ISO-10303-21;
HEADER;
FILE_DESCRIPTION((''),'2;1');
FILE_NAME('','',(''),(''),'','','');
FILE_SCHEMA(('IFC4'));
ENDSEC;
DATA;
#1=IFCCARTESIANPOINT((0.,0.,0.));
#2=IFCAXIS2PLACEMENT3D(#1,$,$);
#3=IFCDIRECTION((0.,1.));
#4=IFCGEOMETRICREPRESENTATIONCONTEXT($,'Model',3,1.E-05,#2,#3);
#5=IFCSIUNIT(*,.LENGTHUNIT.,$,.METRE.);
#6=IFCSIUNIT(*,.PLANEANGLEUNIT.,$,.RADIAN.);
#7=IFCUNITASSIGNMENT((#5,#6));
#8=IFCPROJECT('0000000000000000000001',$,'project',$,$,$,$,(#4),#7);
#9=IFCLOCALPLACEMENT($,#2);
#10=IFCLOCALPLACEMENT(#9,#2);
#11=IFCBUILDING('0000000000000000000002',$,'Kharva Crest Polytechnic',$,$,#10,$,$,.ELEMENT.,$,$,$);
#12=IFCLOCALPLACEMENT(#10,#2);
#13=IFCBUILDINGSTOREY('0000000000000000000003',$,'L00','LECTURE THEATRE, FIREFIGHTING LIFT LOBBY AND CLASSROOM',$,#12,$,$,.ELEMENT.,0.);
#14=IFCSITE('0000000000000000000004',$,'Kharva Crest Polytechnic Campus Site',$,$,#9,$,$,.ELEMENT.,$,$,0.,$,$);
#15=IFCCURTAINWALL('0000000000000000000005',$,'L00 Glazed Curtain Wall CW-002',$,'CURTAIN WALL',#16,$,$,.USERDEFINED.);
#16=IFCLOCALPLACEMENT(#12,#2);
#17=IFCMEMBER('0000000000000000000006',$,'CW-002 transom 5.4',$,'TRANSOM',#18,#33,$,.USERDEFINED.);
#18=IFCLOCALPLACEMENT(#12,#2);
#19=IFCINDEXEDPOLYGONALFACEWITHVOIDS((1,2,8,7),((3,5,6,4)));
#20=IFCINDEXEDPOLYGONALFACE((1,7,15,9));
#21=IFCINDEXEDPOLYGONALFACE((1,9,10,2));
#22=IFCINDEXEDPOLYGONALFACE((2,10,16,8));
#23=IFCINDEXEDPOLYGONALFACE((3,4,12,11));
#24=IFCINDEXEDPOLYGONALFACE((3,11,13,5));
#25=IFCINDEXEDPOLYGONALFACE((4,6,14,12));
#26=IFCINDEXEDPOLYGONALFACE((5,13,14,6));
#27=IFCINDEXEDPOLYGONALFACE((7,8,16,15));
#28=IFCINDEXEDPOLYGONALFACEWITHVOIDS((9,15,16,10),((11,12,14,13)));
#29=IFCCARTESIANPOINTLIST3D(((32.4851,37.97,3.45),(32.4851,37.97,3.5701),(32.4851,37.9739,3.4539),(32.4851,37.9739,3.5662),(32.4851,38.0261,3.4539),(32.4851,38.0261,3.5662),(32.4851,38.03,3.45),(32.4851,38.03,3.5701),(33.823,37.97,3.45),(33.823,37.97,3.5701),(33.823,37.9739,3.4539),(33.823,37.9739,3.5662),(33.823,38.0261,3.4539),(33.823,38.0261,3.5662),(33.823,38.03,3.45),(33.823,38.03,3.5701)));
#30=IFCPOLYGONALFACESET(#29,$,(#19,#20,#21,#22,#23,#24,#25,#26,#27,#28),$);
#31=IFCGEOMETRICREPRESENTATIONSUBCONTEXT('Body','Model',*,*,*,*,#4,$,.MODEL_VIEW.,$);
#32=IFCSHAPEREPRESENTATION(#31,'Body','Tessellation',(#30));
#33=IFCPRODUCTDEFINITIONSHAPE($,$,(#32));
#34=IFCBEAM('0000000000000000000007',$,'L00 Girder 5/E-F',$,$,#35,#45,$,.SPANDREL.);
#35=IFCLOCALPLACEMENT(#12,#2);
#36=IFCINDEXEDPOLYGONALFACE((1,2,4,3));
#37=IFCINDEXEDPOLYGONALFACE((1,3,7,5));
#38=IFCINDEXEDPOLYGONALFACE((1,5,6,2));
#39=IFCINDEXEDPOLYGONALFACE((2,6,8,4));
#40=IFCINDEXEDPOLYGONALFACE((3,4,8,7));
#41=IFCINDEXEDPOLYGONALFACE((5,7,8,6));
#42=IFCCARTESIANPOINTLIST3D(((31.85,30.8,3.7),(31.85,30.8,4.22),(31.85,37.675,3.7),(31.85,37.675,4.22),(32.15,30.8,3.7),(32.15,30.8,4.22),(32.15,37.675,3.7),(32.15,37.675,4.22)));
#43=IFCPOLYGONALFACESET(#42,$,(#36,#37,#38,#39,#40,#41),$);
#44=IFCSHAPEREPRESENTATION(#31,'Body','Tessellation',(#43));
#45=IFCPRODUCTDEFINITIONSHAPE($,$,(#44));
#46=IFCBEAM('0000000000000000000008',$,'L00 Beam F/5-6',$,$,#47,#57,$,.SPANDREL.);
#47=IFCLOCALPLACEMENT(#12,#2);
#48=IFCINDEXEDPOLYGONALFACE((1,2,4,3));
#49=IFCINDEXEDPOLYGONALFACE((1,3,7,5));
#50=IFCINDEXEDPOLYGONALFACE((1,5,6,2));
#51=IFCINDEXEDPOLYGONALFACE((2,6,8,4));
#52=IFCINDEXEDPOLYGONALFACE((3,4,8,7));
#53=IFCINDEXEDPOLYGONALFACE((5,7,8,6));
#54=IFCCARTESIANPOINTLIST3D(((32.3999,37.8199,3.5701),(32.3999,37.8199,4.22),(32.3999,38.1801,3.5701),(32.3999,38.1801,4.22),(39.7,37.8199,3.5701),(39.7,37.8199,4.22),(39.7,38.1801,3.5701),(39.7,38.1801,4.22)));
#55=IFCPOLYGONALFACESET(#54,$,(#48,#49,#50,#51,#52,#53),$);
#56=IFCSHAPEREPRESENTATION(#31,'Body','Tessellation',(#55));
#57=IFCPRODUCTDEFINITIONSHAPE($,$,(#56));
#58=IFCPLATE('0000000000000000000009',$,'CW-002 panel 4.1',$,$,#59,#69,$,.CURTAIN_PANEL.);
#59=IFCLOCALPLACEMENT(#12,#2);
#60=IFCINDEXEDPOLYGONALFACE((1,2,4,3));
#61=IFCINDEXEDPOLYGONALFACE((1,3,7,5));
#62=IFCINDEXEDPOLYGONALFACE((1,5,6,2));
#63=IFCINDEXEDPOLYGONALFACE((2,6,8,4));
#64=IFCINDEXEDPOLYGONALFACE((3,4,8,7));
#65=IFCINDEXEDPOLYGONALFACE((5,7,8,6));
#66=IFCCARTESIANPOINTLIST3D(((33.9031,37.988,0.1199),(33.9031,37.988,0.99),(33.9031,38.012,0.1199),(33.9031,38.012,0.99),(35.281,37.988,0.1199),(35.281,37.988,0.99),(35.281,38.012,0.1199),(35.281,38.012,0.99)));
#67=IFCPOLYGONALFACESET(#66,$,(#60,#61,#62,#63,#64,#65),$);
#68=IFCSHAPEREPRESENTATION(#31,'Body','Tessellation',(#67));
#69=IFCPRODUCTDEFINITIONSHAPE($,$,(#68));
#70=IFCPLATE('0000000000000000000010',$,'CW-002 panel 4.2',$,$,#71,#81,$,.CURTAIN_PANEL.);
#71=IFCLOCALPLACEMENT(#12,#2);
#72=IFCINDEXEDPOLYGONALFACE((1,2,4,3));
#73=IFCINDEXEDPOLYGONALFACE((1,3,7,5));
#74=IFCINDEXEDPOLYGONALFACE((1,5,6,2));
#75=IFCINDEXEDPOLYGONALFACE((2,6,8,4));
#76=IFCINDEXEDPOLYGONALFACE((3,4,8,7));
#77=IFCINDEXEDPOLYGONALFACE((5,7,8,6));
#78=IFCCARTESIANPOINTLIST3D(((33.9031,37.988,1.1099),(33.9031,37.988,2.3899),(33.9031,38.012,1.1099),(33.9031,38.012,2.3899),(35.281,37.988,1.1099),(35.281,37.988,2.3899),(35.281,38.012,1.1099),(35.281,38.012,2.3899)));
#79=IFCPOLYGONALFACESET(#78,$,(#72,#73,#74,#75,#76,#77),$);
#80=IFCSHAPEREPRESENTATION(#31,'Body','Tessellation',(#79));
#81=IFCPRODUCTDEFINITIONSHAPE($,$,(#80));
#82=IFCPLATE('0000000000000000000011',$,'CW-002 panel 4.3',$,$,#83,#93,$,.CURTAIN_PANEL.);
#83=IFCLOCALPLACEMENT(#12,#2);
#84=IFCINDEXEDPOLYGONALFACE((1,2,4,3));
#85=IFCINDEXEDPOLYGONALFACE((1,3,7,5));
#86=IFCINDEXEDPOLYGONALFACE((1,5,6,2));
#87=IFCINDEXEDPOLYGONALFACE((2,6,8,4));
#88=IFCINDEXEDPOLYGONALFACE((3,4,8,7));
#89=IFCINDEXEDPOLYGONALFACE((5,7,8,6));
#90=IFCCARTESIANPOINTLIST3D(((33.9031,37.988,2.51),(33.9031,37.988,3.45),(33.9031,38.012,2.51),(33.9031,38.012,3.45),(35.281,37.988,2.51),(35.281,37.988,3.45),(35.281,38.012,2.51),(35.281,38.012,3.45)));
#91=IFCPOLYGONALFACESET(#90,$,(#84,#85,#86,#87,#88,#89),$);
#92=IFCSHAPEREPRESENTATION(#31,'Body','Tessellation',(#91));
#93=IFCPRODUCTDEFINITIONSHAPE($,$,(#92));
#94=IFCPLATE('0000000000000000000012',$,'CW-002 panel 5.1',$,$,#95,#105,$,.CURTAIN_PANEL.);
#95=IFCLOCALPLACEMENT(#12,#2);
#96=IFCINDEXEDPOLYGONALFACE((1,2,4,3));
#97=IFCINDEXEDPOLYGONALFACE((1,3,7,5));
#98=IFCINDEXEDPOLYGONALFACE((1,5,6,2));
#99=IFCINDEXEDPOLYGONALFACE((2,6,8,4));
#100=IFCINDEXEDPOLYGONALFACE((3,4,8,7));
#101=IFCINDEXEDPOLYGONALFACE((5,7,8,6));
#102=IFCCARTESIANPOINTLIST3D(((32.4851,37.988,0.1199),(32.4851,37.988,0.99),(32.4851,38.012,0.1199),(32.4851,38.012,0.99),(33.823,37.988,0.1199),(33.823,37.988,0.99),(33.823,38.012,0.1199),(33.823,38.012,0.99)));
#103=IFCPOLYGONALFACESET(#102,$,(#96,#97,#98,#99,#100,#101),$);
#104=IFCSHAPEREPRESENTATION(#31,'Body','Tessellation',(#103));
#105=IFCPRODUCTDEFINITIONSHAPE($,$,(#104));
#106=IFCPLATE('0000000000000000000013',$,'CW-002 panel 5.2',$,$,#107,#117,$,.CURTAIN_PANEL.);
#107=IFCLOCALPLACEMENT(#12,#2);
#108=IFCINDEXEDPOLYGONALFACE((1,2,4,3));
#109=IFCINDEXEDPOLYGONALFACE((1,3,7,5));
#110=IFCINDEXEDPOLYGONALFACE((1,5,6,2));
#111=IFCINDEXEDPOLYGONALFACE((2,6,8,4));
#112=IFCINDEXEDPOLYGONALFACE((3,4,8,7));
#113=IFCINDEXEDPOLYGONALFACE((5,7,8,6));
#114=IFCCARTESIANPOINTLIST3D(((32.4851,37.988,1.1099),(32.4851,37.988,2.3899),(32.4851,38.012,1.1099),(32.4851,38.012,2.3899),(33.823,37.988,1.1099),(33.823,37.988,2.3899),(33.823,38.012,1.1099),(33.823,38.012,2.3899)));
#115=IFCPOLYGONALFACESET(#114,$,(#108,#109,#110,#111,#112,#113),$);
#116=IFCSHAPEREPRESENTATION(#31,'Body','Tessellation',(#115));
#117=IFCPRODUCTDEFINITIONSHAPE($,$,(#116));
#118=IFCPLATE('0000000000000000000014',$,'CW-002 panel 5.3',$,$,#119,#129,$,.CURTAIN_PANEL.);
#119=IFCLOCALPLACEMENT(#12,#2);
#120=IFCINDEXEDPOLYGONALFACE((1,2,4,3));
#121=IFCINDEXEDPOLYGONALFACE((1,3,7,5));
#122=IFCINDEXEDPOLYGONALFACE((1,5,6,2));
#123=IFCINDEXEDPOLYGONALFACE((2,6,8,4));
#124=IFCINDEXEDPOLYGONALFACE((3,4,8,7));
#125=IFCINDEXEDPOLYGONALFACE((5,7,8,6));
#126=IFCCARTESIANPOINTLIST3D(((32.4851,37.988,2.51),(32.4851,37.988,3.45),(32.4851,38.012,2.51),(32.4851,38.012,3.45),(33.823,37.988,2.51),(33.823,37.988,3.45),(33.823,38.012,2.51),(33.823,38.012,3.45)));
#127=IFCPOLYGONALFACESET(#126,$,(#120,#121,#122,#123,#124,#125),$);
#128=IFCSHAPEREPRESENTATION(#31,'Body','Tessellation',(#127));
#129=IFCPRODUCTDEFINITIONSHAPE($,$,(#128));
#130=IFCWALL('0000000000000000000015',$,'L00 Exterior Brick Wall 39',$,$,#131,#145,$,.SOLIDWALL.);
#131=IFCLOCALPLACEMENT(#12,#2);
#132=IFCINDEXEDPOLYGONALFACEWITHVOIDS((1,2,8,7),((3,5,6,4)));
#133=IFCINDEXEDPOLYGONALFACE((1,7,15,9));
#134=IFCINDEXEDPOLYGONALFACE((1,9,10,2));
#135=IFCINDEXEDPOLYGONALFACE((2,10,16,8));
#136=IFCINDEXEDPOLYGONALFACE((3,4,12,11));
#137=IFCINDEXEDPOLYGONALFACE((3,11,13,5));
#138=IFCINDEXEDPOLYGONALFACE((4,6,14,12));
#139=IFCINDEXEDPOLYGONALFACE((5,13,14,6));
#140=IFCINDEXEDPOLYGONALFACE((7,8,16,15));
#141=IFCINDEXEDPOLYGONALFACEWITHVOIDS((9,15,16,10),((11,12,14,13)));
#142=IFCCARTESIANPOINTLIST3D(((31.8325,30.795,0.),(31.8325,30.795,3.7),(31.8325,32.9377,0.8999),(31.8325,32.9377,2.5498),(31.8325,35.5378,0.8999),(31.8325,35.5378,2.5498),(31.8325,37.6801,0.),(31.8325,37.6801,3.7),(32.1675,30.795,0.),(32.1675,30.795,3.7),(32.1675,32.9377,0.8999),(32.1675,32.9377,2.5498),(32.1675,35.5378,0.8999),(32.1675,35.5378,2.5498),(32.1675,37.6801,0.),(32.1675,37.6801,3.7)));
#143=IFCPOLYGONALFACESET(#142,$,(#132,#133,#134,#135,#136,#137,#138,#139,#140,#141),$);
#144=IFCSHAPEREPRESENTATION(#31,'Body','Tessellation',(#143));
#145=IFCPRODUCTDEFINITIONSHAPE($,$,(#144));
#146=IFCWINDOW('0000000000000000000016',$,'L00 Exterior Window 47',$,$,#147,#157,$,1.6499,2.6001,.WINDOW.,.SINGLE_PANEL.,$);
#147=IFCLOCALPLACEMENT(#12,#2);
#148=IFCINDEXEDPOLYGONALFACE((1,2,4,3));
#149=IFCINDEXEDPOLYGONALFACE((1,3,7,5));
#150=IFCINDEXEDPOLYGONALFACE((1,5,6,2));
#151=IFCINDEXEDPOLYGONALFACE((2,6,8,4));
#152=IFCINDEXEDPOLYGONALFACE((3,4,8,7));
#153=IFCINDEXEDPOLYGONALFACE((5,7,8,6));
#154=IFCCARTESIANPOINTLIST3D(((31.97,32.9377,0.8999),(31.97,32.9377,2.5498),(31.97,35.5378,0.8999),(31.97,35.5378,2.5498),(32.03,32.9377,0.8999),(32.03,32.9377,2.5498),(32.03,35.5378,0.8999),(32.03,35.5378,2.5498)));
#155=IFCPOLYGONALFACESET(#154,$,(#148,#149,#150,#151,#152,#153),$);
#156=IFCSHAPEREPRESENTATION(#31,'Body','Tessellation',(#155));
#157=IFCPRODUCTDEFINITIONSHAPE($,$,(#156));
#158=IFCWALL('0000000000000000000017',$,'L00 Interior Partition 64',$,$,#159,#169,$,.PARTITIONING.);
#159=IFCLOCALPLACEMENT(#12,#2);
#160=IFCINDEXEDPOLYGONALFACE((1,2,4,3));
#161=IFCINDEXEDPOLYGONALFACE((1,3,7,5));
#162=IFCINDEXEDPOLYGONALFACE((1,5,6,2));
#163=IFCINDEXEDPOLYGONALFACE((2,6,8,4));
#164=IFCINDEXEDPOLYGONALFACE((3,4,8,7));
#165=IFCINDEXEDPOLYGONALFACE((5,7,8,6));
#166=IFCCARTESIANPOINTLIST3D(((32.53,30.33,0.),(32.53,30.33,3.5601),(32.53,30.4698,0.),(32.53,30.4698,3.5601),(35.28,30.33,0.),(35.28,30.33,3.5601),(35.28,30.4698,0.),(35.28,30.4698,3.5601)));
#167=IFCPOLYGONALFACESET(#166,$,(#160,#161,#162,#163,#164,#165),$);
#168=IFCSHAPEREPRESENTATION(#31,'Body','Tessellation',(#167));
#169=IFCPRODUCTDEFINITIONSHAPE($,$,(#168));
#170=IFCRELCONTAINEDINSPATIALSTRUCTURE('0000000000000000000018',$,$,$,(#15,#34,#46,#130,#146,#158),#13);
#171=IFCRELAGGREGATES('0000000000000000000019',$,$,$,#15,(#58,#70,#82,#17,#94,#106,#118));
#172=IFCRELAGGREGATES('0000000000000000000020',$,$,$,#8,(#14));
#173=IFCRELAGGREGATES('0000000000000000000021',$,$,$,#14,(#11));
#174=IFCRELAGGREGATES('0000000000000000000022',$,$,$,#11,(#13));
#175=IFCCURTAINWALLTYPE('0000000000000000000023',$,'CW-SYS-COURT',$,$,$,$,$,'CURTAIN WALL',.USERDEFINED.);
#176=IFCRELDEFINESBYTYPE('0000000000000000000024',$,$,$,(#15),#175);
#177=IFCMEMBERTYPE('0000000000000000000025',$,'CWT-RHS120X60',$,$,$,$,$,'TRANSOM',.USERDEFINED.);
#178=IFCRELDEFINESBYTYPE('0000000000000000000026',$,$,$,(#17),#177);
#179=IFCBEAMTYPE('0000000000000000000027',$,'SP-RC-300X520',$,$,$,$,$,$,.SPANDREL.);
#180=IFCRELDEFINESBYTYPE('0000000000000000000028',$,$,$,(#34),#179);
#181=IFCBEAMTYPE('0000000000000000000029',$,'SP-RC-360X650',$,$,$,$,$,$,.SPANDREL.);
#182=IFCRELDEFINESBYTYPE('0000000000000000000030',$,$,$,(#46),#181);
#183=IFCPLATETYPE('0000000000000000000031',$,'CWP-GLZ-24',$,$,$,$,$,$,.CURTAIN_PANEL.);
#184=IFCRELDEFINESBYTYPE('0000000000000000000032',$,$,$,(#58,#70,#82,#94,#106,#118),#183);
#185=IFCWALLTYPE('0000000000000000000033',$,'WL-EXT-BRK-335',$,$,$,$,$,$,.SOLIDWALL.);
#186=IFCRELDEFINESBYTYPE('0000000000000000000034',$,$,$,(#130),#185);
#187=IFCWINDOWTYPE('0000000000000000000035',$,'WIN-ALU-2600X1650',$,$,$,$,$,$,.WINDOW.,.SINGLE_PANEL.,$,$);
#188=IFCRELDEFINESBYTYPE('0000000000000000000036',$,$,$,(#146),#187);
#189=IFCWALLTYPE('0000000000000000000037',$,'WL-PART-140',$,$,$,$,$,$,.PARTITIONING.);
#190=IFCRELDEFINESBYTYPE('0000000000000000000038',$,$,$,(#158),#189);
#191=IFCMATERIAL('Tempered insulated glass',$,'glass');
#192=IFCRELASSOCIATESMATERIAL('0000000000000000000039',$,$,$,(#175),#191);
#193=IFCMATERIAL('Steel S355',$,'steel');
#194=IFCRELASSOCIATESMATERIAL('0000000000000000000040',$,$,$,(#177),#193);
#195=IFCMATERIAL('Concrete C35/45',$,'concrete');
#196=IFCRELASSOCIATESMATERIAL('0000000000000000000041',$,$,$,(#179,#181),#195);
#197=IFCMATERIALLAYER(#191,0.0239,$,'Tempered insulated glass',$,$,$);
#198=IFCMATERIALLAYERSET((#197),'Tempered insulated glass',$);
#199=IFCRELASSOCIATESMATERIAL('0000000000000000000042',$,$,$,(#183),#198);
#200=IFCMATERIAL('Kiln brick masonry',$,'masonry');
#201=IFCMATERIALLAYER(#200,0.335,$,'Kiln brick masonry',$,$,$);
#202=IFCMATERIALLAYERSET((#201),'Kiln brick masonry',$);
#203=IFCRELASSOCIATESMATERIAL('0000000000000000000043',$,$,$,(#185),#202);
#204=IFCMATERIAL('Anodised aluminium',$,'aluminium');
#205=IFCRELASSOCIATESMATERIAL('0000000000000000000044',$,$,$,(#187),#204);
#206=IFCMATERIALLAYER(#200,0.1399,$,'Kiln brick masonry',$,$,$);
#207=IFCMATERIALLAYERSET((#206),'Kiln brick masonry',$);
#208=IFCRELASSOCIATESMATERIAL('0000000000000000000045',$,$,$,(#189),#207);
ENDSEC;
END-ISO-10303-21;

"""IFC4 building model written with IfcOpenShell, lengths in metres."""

from ifc_helpers import new_model, si_unit, direction, frame, frame_2d, origin, origin_2d, place, context, subcontext, project, spatial, rectangle, hollow_rectangle, extrude, material, layer, layer_set, material_profile, profile_set, type_object, element, fill, aggregate, save


model = new_model("IFC4")

# Units and contexts
model_context = context("Model", 3, precision=1e-05, world=origin(), true_north=direction((0.0, 1.0)))
body_context = subcontext(model_context, "Body", "Model", "MODEL_VIEW")
ifc_project = project(units=[si_unit("LENGTHUNIT", "METRE"), si_unit("PLANEANGLEUNIT", "RADIAN")], contexts=[model_context])

# Site, building, storey
site_placement = place(None, origin())
site = spatial("IfcSite", under=ifc_project, at=site_placement, Name="Kharva Crest Polytechnic Campus Site", CompositionType="ELEMENT", RefElevation=0.0)
building_placement = place(site_placement, origin())
building = spatial("IfcBuilding", under=site, at=building_placement, Name="Kharva Crest Polytechnic", CompositionType="ELEMENT")
storey_placement = place(building_placement, origin())
storey = spatial("IfcBuildingStorey", under=building, at=storey_placement, Name="L00", Description="LECTURE THEATRE, FIREFIGHTING LIFT LOBBY AND CLASSROOM", CompositionType="ELEMENT", Elevation=0.0)

# Shared definitions
ifc_material_1 = material(Name="Concrete C35/45", Category="concrete")

# Curtain wall, member
ifc_material_2 = material(Name="Tempered insulated glass", Category="glass")
curtain_wall_type = type_object("IfcCurtainWallType", Name="CW-SYS-COURT", ElementType="CURTAIN WALL", PredefinedType="USERDEFINED", material=ifc_material_2)
curtain_wall_placement = place(storey_placement, origin())
curtain_wall = element("IfcCurtainWall", 1, at=curtain_wall_placement, inside=storey, type_object=curtain_wall_type, Name="L00 Glazed Curtain Wall CW-002", ObjectType="CURTAIN WALL", PredefinedType="USERDEFINED")
ifc_material_3 = material(Name="Steel S355", Category="steel")
ifc_material_profile_1 = material_profile(ifc_material_3, hollow_rectangle(XDim=0.0601, YDim=0.1201, WallThickness=0.0039, at=origin_2d()), Name="RHS 120X60X4.0")
ifc_profile_set_1 = profile_set([ifc_material_profile_1], Name="Steel S355")
member_type_1 = type_object("IfcMemberType", Name="CWT-RHS120X60", ElementType="TRANSOM", PredefinedType="USERDEFINED", material=ifc_profile_set_1)
member_1_placement = place(storey_placement, frame((33.823, 38.0, 3.51), z_axis=(-1.0, 0.0, 0.0), x_axis=(0.0, -1.0, 0.0)))
member_1 = element("IfcMember", 2, at=member_1_placement, type_object=member_type_1, Name="CW-002 transom 5.4", ObjectType="TRANSOM", PredefinedType="USERDEFINED", context=body_context, shape_type="SweptSolid", body=[
    extrude(hollow_rectangle(XDim=0.0601, YDim=0.1201, WallThickness=0.0039, at=origin_2d()), origin(), (0.0, 0.0, 1.0), 1.3379),
])

# Beams
ifc_material_profile_2 = material_profile(ifc_material_1, rectangle(XDim=0.3, YDim=0.52, at=origin_2d()), Name="RECT 300 X 520")
ifc_profile_set_2 = profile_set([ifc_material_profile_2], Name="Concrete C35/45")
beam_type_1 = type_object("IfcBeamType", Name="SP-RC-300X520", PredefinedType="SPANDREL", material=ifc_profile_set_2)
beam_1_placement = place(storey_placement, frame((32.0, 30.8, 3.96), z_axis=(0.0, 1.0, 0.0), x_axis=(-1.0, 0.0, 0.0)))
element("IfcBeam", 3, at=beam_1_placement, inside=storey, type_object=beam_type_1, Name="L00 Girder 5/E-F", PredefinedType="SPANDREL", context=body_context, shape_type="SweptSolid", body=[
    extrude(rectangle(XDim=0.3, YDim=0.52, at=origin_2d()), origin(), (0.0, 0.0, 1.0), 6.875),
])
ifc_material_profile_3 = material_profile(ifc_material_1, rectangle(XDim=0.3601, YDim=0.6499, at=origin_2d()), Name="RECT 360 X 650")
ifc_profile_set_3 = profile_set([ifc_material_profile_3], Name="Concrete C35/45")
beam_type_2 = type_object("IfcBeamType", Name="SP-RC-360X650", PredefinedType="SPANDREL", material=ifc_profile_set_3)
beam_2_placement = place(storey_placement, frame((32.3999, 38.0, 3.895), z_axis=(1.0, 0.0, 0.0), x_axis=(0.0, 1.0, 0.0)))
element("IfcBeam", 4, at=beam_2_placement, inside=storey, type_object=beam_type_2, Name="L00 Beam F/5-6", PredefinedType="SPANDREL", context=body_context, shape_type="SweptSolid", body=[
    extrude(rectangle(XDim=0.3601, YDim=0.6499, at=origin_2d()), origin(), (0.0, 0.0, 1.0), 7.3),
])

# Plates
ifc_layer_1 = layer(ifc_material_2, 0.0239, Name="Tempered insulated glass")
ifc_layer_set_1 = layer_set([ifc_layer_1], Name="Tempered insulated glass")
plate_type = type_object("IfcPlateType", Name="CWP-GLZ-24", PredefinedType="CURTAIN_PANEL", material=ifc_layer_set_1)
plate_1_placement = place(storey_placement, frame((34.592, 38.0, 0.1199), z_axis=(0.0, 0.0, 1.0), x_axis=(-1.0, 0.0, 0.0)))
plate_1 = element("IfcPlate", 5, at=plate_1_placement, type_object=plate_type, Name="CW-002 panel 4.1", PredefinedType="CURTAIN_PANEL", context=body_context, shape_type="SweptSolid", body=[
    extrude(rectangle(XDim=1.3779, YDim=0.0239, at=origin_2d()), origin(), (0.0, 0.0, 1.0), 0.8701),
])
plate_2_placement = place(storey_placement, frame((34.592, 38.0, 1.1099), z_axis=(0.0, 0.0, 1.0), x_axis=(-1.0, 0.0, 0.0)))
plate_2 = element("IfcPlate", 6, at=plate_2_placement, type_object=plate_type, Name="CW-002 panel 4.2", PredefinedType="CURTAIN_PANEL", context=body_context, shape_type="SweptSolid", body=[
    extrude(rectangle(XDim=1.3779, YDim=0.0239, at=origin_2d()), origin(), (0.0, 0.0, 1.0), 1.28),
])
plate_3_placement = place(storey_placement, frame((34.592, 38.0, 2.51), z_axis=(0.0, 0.0, 1.0), x_axis=(-1.0, 0.0, 0.0)))
plate_3 = element("IfcPlate", 7, at=plate_3_placement, type_object=plate_type, Name="CW-002 panel 4.3", PredefinedType="CURTAIN_PANEL", context=body_context, shape_type="SweptSolid", body=[
    extrude(rectangle(XDim=1.3779, YDim=0.0239, at=origin_2d()), origin(), (0.0, 0.0, 1.0), 0.9399),
])
plate_4_placement = place(storey_placement, frame((33.1541, 38.0, 0.1199), z_axis=(0.0, 0.0, 1.0), x_axis=(-1.0, 0.0, 0.0)))
plate_4 = element("IfcPlate", 8, at=plate_4_placement, type_object=plate_type, Name="CW-002 panel 5.1", PredefinedType="CURTAIN_PANEL", context=body_context, shape_type="SweptSolid", body=[
    extrude(rectangle(XDim=1.3379, YDim=0.0239, at=origin_2d()), origin(), (0.0, 0.0, 1.0), 0.8701),
])
plate_5_placement = place(storey_placement, frame((33.1541, 38.0, 1.1099), z_axis=(0.0, 0.0, 1.0), x_axis=(-1.0, 0.0, 0.0)))
plate_5 = element("IfcPlate", 9, at=plate_5_placement, type_object=plate_type, Name="CW-002 panel 5.2", PredefinedType="CURTAIN_PANEL", context=body_context, shape_type="SweptSolid", body=[
    extrude(rectangle(XDim=1.3379, YDim=0.0239, at=origin_2d()), origin(), (0.0, 0.0, 1.0), 1.28),
])
plate_6_placement = place(storey_placement, frame((33.1541, 38.0, 2.51), z_axis=(0.0, 0.0, 1.0), x_axis=(-1.0, 0.0, 0.0)))
plate_6 = element("IfcPlate", 10, at=plate_6_placement, type_object=plate_type, Name="CW-002 panel 5.3", PredefinedType="CURTAIN_PANEL", context=body_context, shape_type="SweptSolid", body=[
    extrude(rectangle(XDim=1.3379, YDim=0.0239, at=origin_2d()), origin(), (0.0, 0.0, 1.0), 0.9399),
])
aggregate(curtain_wall, [plate_1, plate_2, plate_3, member_1, plate_4, plate_5, plate_6])

# Wall, opening, window
ifc_material_4 = material(Name="Kiln brick masonry", Category="masonry")
ifc_layer_2 = layer(ifc_material_4, 0.335, Name="Kiln brick masonry")
ifc_layer_set_2 = layer_set([ifc_layer_2], Name="Kiln brick masonry")
wall_type_1 = type_object("IfcWallType", Name="WL-EXT-BRK-335", PredefinedType="SOLIDWALL", material=ifc_layer_set_2)
wall_1_placement = place(storey_placement, frame((32.0, 37.6799, 0.0), z_axis=(0.0, 0.0, 1.0), x_axis=(0.0, -1.0, 0.0)))
wall_1 = element("IfcWall", 11, at=wall_1_placement, inside=storey, type_object=wall_type_1, Name="L00 Exterior Brick Wall 39", PredefinedType="SOLIDWALL", context=body_context, shape_type="SweptSolid", body=[
    extrude(rectangle(XDim=6.885, YDim=0.335, at=frame_2d((3.4424, 0.0))), origin(), (0.0, 0.0, 1.0), 3.7),
])
opening_1_placement = place(wall_1_placement, frame((2.1421, 0.0, 0.8999)))
opening_1 = element("IfcOpeningElement", 12, at=opening_1_placement, cuts=wall_1, PredefinedType="OPENING", context=body_context, shape_type="SweptSolid", body=[
    extrude(rectangle(XDim=2.6001, YDim=1.6499, at=frame_2d((1.3, 0.825))), frame((0.0, 0.1775, 0.0), z_axis=(0.0, -1.0, 0.0), x_axis=(1.0, 0.0, 0.0)), (0.0, 0.0, 1.0), 0.355),
])
ifc_material_5 = material(Name="Anodised aluminium", Category="aluminium")
window_type = type_object("IfcWindowType", Name="WIN-ALU-2600X1650", PartitioningType="SINGLE_PANEL", PredefinedType="WINDOW", material=ifc_material_5)
window_placement = place(opening_1_placement, origin())
window = element("IfcWindow", 13, at=window_placement, inside=storey, type_object=window_type, Name="L00 Exterior Window 47", OverallHeight=1.6499, OverallWidth=2.6001, PartitioningType="SINGLE_PANEL", PredefinedType="WINDOW", context=body_context, shape_type="SweptSolid", body=[
    extrude(rectangle(XDim=2.6001, YDim=1.6499, at=frame_2d((1.3, 0.825))), frame((0.0, 0.03, 0.0), z_axis=(0.0, -1.0, 0.0), x_axis=(1.0, 0.0, 0.0)), (0.0, 0.0, 1.0), 0.0601),
])
fill(opening_1, window)

# Wall
ifc_layer_3 = layer(ifc_material_4, 0.1399, Name="Kiln brick masonry")
ifc_layer_set_3 = layer_set([ifc_layer_3], Name="Kiln brick masonry")
wall_type_2 = type_object("IfcWallType", Name="WL-PART-140", PredefinedType="PARTITIONING", material=ifc_layer_set_3)
wall_2_placement = place(storey_placement, frame((32.53, 30.3999, 0.0), z_axis=(0.0, 0.0, 1.0), x_axis=(1.0, 0.0, 0.0)))
element("IfcWall", 14, at=wall_2_placement, inside=storey, type_object=wall_type_2, Name="L00 Interior Partition 64", PredefinedType="PARTITIONING", context=body_context, shape_type="SweptSolid", body=[
    extrude(rectangle(XDim=2.75, YDim=0.1399, at=frame_2d((1.375, 0.0))), origin(), (0.0, 0.0, 1.0), 3.5601),
])

save(model, "model.ifc")
